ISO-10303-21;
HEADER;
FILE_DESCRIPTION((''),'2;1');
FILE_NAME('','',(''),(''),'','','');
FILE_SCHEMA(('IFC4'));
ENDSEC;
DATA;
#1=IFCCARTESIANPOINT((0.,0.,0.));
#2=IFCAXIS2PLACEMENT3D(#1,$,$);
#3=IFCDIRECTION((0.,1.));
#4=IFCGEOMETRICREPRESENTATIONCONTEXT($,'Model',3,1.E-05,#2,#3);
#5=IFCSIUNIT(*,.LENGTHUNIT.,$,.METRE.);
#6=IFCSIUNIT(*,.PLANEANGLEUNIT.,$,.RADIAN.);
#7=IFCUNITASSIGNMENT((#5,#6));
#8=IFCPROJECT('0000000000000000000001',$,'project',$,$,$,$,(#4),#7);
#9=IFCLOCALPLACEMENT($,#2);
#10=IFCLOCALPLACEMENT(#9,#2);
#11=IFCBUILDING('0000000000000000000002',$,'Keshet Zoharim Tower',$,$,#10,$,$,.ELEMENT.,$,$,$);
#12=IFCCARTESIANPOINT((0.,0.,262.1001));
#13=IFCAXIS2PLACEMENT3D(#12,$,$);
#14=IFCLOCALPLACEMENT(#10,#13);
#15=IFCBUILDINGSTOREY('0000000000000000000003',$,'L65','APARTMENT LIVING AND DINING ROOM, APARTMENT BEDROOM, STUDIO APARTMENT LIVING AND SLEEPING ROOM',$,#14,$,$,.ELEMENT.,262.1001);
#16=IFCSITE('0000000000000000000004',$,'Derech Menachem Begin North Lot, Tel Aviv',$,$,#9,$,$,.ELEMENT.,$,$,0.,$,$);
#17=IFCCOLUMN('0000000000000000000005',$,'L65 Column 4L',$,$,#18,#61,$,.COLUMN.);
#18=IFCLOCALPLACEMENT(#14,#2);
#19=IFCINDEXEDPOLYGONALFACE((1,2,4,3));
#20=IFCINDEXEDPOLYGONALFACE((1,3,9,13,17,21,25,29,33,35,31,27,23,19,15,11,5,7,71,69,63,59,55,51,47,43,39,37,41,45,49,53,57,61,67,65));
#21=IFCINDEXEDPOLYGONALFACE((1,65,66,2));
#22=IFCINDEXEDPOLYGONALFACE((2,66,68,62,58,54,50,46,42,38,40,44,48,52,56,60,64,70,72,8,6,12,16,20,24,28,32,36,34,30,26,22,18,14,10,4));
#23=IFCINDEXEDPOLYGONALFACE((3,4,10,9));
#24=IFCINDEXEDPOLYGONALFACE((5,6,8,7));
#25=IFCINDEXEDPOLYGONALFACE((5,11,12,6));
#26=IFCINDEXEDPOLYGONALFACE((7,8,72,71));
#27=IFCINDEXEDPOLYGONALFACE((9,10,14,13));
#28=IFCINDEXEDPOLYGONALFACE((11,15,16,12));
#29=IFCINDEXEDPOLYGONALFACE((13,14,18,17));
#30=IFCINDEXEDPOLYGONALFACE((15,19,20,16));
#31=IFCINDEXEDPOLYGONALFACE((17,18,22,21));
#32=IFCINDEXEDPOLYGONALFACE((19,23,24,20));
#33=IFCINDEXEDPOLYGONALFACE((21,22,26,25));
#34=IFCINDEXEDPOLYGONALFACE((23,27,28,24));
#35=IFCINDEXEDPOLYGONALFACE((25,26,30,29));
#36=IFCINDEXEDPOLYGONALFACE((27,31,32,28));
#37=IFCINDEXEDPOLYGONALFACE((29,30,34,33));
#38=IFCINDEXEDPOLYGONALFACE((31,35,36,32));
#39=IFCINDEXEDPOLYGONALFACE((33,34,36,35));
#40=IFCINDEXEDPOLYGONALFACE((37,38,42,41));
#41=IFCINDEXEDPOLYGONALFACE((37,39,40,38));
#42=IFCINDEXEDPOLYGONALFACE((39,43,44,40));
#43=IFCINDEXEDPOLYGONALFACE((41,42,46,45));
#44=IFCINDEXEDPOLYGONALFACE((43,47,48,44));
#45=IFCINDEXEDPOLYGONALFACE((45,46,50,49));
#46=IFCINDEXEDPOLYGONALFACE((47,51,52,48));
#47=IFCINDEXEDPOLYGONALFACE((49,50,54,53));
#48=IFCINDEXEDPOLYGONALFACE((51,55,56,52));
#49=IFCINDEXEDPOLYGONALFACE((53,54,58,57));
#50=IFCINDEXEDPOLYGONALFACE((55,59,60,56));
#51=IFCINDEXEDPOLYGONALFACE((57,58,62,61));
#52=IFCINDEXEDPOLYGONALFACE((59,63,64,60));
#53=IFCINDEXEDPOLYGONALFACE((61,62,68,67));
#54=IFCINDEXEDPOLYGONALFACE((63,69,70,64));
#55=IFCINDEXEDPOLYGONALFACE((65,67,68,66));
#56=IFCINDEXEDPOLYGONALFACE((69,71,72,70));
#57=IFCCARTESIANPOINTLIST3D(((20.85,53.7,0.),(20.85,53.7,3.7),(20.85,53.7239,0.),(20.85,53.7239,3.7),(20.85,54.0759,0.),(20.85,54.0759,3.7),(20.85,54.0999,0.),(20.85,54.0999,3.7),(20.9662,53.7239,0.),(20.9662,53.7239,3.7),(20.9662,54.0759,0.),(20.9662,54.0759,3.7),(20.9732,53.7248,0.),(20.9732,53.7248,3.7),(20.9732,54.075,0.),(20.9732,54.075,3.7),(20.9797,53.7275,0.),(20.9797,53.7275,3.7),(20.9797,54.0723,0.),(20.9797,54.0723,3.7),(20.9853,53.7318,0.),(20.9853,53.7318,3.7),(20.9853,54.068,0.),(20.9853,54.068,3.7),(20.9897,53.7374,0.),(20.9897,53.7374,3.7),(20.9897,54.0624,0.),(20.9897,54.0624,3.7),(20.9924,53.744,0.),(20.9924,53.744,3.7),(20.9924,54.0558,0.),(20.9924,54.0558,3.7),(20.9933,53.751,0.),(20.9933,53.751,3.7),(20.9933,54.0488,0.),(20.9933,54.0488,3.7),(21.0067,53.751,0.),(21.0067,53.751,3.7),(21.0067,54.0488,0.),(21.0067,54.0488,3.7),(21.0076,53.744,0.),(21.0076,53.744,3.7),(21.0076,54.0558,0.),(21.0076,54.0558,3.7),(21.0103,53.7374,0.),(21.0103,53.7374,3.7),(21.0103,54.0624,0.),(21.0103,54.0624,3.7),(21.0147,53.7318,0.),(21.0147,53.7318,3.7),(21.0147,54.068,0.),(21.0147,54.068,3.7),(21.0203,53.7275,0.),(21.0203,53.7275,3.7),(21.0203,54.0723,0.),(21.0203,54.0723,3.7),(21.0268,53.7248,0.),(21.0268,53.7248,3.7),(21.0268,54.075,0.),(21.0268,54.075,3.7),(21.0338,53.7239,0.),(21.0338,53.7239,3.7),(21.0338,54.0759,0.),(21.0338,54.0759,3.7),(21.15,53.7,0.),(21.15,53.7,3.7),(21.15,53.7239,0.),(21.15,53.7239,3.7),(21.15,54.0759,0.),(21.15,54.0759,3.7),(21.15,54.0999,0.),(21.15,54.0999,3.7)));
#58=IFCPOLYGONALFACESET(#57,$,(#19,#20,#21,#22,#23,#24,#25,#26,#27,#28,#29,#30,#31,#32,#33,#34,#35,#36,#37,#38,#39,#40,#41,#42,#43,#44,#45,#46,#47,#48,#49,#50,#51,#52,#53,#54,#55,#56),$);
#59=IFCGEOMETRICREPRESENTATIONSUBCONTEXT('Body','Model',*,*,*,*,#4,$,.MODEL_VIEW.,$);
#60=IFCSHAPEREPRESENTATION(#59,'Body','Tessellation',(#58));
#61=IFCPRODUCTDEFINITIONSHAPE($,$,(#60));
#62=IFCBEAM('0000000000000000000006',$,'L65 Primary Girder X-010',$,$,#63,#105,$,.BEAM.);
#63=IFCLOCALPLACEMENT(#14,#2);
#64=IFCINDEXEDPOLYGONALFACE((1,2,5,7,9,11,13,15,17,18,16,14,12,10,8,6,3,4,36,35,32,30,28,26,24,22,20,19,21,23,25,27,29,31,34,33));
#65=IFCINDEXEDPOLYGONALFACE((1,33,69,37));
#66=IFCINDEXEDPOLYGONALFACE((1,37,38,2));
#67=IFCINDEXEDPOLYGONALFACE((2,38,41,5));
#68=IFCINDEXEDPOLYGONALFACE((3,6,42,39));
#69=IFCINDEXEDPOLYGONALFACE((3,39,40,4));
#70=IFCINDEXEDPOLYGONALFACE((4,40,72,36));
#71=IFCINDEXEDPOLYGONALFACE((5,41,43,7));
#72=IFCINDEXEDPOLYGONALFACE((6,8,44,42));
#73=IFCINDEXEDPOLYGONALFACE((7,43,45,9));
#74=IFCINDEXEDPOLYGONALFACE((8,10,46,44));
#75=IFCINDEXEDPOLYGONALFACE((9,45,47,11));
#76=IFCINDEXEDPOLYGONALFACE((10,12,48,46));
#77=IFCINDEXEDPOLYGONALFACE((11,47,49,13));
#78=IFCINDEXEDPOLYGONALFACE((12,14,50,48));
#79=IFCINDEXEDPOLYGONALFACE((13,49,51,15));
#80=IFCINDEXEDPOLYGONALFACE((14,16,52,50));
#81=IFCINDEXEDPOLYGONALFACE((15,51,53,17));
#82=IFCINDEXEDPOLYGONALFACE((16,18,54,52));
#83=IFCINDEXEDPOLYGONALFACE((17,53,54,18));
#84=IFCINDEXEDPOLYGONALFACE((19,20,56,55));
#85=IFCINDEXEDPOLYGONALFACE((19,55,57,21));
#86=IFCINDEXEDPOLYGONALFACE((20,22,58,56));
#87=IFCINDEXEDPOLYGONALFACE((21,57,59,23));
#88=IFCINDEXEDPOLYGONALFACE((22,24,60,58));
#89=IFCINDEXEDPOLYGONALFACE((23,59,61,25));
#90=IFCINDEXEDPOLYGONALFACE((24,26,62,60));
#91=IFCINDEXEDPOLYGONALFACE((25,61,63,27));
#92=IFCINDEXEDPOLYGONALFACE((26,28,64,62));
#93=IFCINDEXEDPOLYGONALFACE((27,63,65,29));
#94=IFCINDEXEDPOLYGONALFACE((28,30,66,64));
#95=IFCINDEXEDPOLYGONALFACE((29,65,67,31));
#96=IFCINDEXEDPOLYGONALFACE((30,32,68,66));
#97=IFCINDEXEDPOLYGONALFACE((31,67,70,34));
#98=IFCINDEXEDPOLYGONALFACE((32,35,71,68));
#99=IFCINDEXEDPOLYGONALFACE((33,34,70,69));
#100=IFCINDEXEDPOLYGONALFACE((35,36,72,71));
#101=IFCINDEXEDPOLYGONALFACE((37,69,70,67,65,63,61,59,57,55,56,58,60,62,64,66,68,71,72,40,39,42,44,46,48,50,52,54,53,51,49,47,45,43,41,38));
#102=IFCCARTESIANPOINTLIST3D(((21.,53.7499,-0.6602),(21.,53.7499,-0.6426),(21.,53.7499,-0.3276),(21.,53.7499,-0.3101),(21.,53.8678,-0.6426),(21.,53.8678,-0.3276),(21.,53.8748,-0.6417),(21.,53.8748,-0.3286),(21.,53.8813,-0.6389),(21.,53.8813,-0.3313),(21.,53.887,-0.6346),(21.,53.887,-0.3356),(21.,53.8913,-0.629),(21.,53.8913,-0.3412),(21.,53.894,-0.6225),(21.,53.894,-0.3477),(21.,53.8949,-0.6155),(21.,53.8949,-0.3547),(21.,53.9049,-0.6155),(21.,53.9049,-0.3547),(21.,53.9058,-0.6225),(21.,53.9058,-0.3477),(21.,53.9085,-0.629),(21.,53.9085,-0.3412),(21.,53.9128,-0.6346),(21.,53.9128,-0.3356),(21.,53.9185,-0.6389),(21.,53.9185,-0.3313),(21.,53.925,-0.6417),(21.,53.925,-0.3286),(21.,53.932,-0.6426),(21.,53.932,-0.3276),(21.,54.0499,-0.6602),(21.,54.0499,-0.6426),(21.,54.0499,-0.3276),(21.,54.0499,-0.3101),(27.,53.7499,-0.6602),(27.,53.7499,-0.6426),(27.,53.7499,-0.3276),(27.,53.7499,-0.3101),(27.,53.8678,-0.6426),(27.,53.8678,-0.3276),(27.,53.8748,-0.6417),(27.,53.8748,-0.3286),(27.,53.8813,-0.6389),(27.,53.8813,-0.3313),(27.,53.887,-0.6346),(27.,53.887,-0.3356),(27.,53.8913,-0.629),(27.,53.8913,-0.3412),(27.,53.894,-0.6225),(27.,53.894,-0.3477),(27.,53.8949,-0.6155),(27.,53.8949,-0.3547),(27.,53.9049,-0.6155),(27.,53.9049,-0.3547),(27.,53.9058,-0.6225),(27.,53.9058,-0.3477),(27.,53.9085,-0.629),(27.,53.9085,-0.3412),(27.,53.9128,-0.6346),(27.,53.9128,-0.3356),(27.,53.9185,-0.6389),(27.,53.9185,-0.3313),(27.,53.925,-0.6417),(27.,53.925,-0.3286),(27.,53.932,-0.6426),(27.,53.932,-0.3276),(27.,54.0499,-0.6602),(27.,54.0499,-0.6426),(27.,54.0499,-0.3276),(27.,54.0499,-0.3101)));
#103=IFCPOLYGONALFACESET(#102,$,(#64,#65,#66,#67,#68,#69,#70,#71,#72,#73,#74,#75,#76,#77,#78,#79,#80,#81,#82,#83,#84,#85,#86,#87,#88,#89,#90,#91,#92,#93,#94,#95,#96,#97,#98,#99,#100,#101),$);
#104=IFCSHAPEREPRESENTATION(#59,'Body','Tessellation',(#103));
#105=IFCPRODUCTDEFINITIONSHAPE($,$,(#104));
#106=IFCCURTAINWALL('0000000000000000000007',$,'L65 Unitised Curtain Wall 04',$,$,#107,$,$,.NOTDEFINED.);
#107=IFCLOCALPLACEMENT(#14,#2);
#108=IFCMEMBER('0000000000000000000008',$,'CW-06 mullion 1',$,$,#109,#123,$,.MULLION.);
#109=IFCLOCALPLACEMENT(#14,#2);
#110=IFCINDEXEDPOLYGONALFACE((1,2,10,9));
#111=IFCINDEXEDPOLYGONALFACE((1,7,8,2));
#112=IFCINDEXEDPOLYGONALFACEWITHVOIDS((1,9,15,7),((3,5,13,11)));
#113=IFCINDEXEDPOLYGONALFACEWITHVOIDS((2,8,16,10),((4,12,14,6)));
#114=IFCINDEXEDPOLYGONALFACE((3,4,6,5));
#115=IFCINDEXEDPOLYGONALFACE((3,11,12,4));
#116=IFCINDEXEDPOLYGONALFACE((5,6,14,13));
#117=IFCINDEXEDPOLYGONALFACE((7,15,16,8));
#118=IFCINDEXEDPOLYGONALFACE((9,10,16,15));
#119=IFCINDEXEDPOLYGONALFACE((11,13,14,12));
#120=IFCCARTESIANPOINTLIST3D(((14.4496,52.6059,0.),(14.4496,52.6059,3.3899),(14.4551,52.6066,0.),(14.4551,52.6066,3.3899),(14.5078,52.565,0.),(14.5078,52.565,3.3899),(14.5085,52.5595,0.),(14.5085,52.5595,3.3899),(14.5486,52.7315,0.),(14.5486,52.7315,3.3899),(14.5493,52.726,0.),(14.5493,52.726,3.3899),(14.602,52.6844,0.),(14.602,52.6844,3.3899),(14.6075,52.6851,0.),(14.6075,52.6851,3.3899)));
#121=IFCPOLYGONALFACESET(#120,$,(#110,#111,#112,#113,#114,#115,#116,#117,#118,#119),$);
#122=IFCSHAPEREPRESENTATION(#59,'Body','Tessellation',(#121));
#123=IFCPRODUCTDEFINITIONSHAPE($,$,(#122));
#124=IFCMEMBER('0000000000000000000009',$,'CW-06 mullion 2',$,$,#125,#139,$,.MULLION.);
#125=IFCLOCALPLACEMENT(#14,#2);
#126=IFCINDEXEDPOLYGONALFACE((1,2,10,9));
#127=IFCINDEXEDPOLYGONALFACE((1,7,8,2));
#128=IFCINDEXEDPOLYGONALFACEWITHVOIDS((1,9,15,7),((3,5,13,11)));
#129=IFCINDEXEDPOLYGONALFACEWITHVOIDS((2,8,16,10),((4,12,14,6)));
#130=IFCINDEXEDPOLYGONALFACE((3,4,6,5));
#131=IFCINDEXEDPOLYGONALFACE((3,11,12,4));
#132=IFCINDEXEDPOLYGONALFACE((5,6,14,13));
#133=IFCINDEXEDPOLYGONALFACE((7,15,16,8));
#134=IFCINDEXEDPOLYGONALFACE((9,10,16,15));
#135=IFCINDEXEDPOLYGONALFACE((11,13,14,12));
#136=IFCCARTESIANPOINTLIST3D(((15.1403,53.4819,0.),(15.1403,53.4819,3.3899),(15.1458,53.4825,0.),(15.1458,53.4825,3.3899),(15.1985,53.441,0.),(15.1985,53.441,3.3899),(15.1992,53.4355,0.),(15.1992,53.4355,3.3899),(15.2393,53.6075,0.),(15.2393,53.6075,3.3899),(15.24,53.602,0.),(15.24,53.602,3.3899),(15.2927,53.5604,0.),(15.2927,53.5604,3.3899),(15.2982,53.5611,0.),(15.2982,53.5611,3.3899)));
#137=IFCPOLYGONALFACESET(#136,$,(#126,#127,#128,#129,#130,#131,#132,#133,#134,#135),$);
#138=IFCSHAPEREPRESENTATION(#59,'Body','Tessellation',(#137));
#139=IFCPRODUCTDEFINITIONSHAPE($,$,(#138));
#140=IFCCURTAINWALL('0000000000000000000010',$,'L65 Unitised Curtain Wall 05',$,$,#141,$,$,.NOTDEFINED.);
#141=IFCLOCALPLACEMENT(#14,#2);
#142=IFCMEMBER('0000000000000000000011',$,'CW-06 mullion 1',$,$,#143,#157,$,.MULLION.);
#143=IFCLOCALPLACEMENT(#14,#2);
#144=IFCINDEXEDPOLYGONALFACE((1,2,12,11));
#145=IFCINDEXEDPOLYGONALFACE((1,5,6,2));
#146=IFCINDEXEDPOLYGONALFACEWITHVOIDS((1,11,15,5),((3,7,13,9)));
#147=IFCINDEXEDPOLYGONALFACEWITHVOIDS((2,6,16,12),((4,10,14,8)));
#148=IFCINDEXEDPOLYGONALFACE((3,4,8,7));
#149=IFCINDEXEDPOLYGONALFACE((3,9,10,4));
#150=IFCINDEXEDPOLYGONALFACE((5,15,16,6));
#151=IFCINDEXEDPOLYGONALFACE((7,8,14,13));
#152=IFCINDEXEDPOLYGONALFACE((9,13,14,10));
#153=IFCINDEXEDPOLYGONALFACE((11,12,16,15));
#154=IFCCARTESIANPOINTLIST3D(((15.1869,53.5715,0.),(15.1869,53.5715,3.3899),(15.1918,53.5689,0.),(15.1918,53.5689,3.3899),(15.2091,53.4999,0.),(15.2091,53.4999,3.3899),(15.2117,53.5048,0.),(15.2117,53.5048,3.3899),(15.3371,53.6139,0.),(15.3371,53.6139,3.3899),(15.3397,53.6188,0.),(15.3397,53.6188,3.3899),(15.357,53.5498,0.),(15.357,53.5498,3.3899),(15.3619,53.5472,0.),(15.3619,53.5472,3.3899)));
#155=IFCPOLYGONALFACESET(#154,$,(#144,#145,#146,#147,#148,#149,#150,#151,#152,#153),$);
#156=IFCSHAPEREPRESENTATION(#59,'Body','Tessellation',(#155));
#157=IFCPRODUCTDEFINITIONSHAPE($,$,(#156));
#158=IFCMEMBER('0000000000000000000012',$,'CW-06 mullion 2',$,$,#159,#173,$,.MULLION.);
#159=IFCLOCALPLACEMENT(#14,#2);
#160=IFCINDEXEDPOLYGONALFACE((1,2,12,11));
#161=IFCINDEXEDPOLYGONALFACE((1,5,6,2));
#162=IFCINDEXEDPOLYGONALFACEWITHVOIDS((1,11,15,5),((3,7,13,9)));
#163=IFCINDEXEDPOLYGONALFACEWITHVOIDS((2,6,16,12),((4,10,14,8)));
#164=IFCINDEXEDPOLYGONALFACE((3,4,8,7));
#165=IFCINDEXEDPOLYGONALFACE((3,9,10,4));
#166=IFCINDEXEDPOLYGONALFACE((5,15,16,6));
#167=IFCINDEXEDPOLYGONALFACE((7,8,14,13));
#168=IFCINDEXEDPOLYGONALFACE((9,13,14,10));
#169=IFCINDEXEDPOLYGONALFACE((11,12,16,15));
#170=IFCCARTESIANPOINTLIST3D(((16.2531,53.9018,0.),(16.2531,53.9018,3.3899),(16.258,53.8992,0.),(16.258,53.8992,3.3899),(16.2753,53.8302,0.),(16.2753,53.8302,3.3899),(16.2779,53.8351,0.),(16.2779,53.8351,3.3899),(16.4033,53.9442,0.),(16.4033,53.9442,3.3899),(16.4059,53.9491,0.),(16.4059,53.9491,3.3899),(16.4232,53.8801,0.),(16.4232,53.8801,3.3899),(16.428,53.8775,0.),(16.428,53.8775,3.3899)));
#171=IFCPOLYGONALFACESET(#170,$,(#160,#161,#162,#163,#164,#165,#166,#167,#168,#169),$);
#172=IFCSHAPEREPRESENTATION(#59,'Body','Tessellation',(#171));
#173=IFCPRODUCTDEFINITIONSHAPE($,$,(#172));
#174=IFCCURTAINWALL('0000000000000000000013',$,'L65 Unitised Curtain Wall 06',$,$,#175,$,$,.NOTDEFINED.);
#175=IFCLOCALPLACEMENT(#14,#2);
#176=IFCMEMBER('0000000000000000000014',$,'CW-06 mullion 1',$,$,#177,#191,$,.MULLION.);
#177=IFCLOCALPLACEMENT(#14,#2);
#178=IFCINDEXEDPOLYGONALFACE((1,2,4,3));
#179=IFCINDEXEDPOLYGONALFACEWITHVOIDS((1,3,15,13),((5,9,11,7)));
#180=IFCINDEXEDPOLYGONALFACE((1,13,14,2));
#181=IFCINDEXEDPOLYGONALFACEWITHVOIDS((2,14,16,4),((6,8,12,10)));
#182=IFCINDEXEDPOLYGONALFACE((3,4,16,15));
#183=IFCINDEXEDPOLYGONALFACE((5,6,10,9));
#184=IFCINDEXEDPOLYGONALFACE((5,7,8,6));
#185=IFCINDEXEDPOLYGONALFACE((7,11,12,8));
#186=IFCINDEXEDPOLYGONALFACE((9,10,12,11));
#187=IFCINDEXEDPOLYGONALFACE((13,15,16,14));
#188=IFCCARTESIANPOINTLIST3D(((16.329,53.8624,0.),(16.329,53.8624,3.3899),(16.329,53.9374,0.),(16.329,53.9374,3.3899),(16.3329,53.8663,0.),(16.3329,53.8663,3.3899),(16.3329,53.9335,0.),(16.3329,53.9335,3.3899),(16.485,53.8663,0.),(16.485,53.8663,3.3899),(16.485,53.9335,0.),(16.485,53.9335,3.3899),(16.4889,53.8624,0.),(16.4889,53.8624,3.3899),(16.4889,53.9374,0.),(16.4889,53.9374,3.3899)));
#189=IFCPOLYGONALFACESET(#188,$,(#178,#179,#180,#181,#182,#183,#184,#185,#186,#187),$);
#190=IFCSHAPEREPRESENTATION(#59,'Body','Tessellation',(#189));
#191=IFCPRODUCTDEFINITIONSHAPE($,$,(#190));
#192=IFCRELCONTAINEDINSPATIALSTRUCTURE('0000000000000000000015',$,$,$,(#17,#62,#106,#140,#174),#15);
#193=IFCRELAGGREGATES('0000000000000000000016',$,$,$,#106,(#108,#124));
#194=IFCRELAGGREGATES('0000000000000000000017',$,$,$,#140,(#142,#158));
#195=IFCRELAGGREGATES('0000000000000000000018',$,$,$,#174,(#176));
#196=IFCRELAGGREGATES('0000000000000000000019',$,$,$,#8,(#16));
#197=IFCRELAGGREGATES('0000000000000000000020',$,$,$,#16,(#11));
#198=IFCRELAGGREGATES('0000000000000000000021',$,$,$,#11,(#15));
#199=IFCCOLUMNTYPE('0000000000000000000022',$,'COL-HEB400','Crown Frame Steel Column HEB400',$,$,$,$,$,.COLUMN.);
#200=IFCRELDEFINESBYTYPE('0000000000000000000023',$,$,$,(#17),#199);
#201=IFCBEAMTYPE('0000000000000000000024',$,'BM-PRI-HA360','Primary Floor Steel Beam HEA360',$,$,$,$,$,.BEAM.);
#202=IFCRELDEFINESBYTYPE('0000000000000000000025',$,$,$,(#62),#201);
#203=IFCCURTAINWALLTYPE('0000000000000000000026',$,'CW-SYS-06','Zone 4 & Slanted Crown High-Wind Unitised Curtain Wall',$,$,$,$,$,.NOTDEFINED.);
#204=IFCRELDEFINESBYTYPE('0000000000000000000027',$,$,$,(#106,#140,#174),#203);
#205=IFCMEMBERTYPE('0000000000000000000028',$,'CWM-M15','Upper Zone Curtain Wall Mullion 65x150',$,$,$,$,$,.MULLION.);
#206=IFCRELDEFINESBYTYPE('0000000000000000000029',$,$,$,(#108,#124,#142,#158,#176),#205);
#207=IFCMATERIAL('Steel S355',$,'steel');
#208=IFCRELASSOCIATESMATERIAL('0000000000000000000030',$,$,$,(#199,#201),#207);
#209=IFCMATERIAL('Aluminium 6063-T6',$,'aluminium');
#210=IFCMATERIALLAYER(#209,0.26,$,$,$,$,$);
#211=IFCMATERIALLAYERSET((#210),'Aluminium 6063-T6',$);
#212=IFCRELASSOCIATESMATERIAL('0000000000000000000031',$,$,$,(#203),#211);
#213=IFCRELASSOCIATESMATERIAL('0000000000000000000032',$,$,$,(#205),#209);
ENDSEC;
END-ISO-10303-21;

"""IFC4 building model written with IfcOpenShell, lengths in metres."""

from ifc_helpers import new_model, si_unit, direction, frame, origin, origin_2d, place, context, subcontext, project, spatial, hollow_rectangle, i_section, extrude, material, layer, layer_set, material_profile, profile_set, type_object, element, aggregate, save


model = new_model("IFC4")

# Units and contexts
model_context = context("Model", 3, precision=1e-05, world=origin(), true_north=direction((0.0, 1.0)))
body_context = subcontext(model_context, "Body", "Model", "MODEL_VIEW")
ifc_project = project(units=[si_unit("LENGTHUNIT", "METRE"), si_unit("PLANEANGLEUNIT", "RADIAN")], contexts=[model_context])

# Site, building, storey
site_placement = place(None, origin())
site = spatial("IfcSite", under=ifc_project, at=site_placement, Name="Derech Menachem Begin North Lot, Tel Aviv", CompositionType="ELEMENT", RefElevation=0.0)
building_placement = place(site_placement, origin())
building = spatial("IfcBuilding", under=site, at=building_placement, Name="Keshet Zoharim Tower", CompositionType="ELEMENT")
storey_placement = place(building_placement, frame((0.0, 0.0, 262.1001)))
storey = spatial("IfcBuildingStorey", under=building, at=storey_placement, Name="L65", Description="APARTMENT LIVING AND DINING ROOM, APARTMENT BEDROOM, STUDIO APARTMENT LIVING AND SLEEPING ROOM", CompositionType="ELEMENT", Elevation=262.1001)

# Column
ifc_material_1 = material(Name="Steel S355", Category="steel")
ifc_material_profile_1 = material_profile(ifc_material_1, i_section(OverallWidth=0.3, OverallDepth=0.3999, WebThickness=0.0134, FlangeThickness=0.0239, FilletRadius=0.0271, at=origin_2d()), Name="HEB400")
ifc_profile_set_1 = profile_set([ifc_material_profile_1], Name="Steel S355")
column_type = type_object("IfcColumnType", Name="COL-HEB400", Description="Crown Frame Steel Column HEB400", PredefinedType="COLUMN", material=ifc_profile_set_1)
column_placement = place(storey_placement, frame((21.0, 53.8999, 0.0), z_axis=(0.0, 0.0, 1.0), x_axis=(1.0, 0.0, 0.0)))
element("IfcColumn", 1, at=column_placement, inside=storey, type_object=column_type, Name="L65 Column 4L", PredefinedType="COLUMN", context=body_context, shape_type="SweptSolid", body=[
    extrude(i_section(OverallWidth=0.3, OverallDepth=0.3999, WebThickness=0.0134, FlangeThickness=0.0239, FilletRadius=0.0271, at=origin_2d()), origin(), (0.0, 0.0, 1.0), 3.7),
])

# Beam
ifc_material_profile_2 = material_profile(ifc_material_1, i_section(OverallWidth=0.3, OverallDepth=0.3501, WebThickness=0.01, FlangeThickness=0.0176, FilletRadius=0.0271, at=origin_2d()), Name="HEA360")
ifc_profile_set_2 = profile_set([ifc_material_profile_2], Name="Steel S355")
beam_type = type_object("IfcBeamType", Name="BM-PRI-HA360", Description="Primary Floor Steel Beam HEA360", PredefinedType="BEAM", material=ifc_profile_set_2)
beam_placement = place(storey_placement, frame((21.0, 53.8999, -0.4851), z_axis=(1.0, 0.0, 0.0), x_axis=(0.0, 1.0, 0.0)))
element("IfcBeam", 2, at=beam_placement, inside=storey, type_object=beam_type, Name="L65 Primary Girder X-010", PredefinedType="BEAM", context=body_context, shape_type="SweptSolid", body=[
    extrude(i_section(OverallWidth=0.3, OverallDepth=0.3501, WebThickness=0.01, FlangeThickness=0.0176, FilletRadius=0.0271, at=origin_2d()), origin(), (0.0, 0.0, 1.0), 6.0),
])

# Curtain walls, members
ifc_material_2 = material(Name="Aluminium 6063-T6", Category="aluminium")
ifc_layer_1 = layer(ifc_material_2, 0.26)
ifc_layer_set_1 = layer_set([ifc_layer_1], Name="Aluminium 6063-T6")
curtain_wall_type = type_object("IfcCurtainWallType", Name="CW-SYS-06", Description="Zone 4 & Slanted Crown High-Wind Unitised Curtain Wall", PredefinedType="NOTDEFINED", material=ifc_layer_set_1)
curtain_wall_1_placement = place(storey_placement, origin())
curtain_wall_1 = element("IfcCurtainWall", 3, at=curtain_wall_1_placement, inside=storey, type_object=curtain_wall_type, Name="L65 Unitised Curtain Wall 04", PredefinedType="NOTDEFINED")
ifc_material_profile_3 = material_profile(ifc_material_2, hollow_rectangle(XDim=0.075, YDim=0.1599, WallThickness=0.0039, at=origin_2d()), Name="MUL-75x160")
ifc_profile_set_3 = profile_set([ifc_material_profile_3], Name="Aluminium 6063-T6")
member_type_1 = type_object("IfcMemberType", Name="CWM-M15", Description="Upper Zone Curtain Wall Mullion 65x150", PredefinedType="MULLION", material=ifc_profile_set_3)
member_1_placement = place(storey_placement, frame((14.5286, 52.6455, 0.0), z_axis=(0.0, 0.0, 1.0), x_axis=(-0.785293, 0.619125, 0.0)))
member_1 = element("IfcMember", 4, at=member_1_placement, type_object=member_type_1, Name="CW-06 mullion 1", PredefinedType="MULLION", context=body_context, shape_type="SweptSolid", body=[
    extrude(hollow_rectangle(XDim=0.075, YDim=0.1599, WallThickness=0.0039, at=origin_2d()), origin(), (0.0, 0.0, 1.0), 3.3899),
])
member_2_placement = place(storey_placement, frame((15.2192, 53.5215, 0.0), z_axis=(0.0, 0.0, 1.0), x_axis=(-0.785293, 0.619125, 0.0)))
member_2 = element("IfcMember", 5, at=member_2_placement, type_object=member_type_1, Name="CW-06 mullion 2", PredefinedType="MULLION", context=body_context, shape_type="SweptSolid", body=[
    extrude(hollow_rectangle(XDim=0.075, YDim=0.1599, WallThickness=0.0039, at=origin_2d()), origin(), (0.0, 0.0, 1.0), 3.3899),
])
curtain_wall_2_placement = place(storey_placement, origin())
curtain_wall_2 = element("IfcCurtainWall", 6, at=curtain_wall_2_placement, inside=storey, type_object=curtain_wall_type, Name="L65 Unitised Curtain Wall 05", PredefinedType="NOTDEFINED")
member_3_placement = place(storey_placement, frame((15.2744, 53.5593, 0.0), z_axis=(0.0, 0.0, 1.0), x_axis=(-0.295922, 0.955212, 0.0)))
member_3 = element("IfcMember", 7, at=member_3_placement, type_object=member_type_1, Name="CW-06 mullion 1", PredefinedType="MULLION", context=body_context, shape_type="SweptSolid", body=[
    extrude(hollow_rectangle(XDim=0.075, YDim=0.1599, WallThickness=0.0039, at=origin_2d()), origin(), (0.0, 0.0, 1.0), 3.3899),
])
member_4_placement = place(storey_placement, frame((16.3406, 53.8896, 0.0), z_axis=(0.0, 0.0, 1.0), x_axis=(-0.295922, 0.955212, 0.0)))
member_4 = element("IfcMember", 8, at=member_4_placement, type_object=member_type_1, Name="CW-06 mullion 2", PredefinedType="MULLION", context=body_context, shape_type="SweptSolid", body=[
    extrude(hollow_rectangle(XDim=0.075, YDim=0.1599, WallThickness=0.0039, at=origin_2d()), origin(), (0.0, 0.0, 1.0), 3.3899),
])
curtain_wall_3_placement = place(storey_placement, origin())
curtain_wall_3 = element("IfcCurtainWall", 9, at=curtain_wall_3_placement, inside=storey, type_object=curtain_wall_type, Name="L65 Unitised Curtain Wall 06", PredefinedType="NOTDEFINED")
member_5_placement = place(storey_placement, frame((16.4089, 53.8999, 0.0), z_axis=(0.0, 0.0, 1.0), x_axis=(0.0, 1.0, 0.0)))
member_5 = element("IfcMember", 10, at=member_5_placement, type_object=member_type_1, Name="CW-06 mullion 1", PredefinedType="MULLION", context=body_context, shape_type="SweptSolid", body=[
    extrude(hollow_rectangle(XDim=0.075, YDim=0.1599, WallThickness=0.0039, at=origin_2d()), origin(), (0.0, 0.0, 1.0), 3.3899),
])

aggregate(curtain_wall_1, [member_1, member_2])
aggregate(curtain_wall_2, [member_3, member_4])
aggregate(curtain_wall_3, [member_5])

save(model, "model.ifc")
